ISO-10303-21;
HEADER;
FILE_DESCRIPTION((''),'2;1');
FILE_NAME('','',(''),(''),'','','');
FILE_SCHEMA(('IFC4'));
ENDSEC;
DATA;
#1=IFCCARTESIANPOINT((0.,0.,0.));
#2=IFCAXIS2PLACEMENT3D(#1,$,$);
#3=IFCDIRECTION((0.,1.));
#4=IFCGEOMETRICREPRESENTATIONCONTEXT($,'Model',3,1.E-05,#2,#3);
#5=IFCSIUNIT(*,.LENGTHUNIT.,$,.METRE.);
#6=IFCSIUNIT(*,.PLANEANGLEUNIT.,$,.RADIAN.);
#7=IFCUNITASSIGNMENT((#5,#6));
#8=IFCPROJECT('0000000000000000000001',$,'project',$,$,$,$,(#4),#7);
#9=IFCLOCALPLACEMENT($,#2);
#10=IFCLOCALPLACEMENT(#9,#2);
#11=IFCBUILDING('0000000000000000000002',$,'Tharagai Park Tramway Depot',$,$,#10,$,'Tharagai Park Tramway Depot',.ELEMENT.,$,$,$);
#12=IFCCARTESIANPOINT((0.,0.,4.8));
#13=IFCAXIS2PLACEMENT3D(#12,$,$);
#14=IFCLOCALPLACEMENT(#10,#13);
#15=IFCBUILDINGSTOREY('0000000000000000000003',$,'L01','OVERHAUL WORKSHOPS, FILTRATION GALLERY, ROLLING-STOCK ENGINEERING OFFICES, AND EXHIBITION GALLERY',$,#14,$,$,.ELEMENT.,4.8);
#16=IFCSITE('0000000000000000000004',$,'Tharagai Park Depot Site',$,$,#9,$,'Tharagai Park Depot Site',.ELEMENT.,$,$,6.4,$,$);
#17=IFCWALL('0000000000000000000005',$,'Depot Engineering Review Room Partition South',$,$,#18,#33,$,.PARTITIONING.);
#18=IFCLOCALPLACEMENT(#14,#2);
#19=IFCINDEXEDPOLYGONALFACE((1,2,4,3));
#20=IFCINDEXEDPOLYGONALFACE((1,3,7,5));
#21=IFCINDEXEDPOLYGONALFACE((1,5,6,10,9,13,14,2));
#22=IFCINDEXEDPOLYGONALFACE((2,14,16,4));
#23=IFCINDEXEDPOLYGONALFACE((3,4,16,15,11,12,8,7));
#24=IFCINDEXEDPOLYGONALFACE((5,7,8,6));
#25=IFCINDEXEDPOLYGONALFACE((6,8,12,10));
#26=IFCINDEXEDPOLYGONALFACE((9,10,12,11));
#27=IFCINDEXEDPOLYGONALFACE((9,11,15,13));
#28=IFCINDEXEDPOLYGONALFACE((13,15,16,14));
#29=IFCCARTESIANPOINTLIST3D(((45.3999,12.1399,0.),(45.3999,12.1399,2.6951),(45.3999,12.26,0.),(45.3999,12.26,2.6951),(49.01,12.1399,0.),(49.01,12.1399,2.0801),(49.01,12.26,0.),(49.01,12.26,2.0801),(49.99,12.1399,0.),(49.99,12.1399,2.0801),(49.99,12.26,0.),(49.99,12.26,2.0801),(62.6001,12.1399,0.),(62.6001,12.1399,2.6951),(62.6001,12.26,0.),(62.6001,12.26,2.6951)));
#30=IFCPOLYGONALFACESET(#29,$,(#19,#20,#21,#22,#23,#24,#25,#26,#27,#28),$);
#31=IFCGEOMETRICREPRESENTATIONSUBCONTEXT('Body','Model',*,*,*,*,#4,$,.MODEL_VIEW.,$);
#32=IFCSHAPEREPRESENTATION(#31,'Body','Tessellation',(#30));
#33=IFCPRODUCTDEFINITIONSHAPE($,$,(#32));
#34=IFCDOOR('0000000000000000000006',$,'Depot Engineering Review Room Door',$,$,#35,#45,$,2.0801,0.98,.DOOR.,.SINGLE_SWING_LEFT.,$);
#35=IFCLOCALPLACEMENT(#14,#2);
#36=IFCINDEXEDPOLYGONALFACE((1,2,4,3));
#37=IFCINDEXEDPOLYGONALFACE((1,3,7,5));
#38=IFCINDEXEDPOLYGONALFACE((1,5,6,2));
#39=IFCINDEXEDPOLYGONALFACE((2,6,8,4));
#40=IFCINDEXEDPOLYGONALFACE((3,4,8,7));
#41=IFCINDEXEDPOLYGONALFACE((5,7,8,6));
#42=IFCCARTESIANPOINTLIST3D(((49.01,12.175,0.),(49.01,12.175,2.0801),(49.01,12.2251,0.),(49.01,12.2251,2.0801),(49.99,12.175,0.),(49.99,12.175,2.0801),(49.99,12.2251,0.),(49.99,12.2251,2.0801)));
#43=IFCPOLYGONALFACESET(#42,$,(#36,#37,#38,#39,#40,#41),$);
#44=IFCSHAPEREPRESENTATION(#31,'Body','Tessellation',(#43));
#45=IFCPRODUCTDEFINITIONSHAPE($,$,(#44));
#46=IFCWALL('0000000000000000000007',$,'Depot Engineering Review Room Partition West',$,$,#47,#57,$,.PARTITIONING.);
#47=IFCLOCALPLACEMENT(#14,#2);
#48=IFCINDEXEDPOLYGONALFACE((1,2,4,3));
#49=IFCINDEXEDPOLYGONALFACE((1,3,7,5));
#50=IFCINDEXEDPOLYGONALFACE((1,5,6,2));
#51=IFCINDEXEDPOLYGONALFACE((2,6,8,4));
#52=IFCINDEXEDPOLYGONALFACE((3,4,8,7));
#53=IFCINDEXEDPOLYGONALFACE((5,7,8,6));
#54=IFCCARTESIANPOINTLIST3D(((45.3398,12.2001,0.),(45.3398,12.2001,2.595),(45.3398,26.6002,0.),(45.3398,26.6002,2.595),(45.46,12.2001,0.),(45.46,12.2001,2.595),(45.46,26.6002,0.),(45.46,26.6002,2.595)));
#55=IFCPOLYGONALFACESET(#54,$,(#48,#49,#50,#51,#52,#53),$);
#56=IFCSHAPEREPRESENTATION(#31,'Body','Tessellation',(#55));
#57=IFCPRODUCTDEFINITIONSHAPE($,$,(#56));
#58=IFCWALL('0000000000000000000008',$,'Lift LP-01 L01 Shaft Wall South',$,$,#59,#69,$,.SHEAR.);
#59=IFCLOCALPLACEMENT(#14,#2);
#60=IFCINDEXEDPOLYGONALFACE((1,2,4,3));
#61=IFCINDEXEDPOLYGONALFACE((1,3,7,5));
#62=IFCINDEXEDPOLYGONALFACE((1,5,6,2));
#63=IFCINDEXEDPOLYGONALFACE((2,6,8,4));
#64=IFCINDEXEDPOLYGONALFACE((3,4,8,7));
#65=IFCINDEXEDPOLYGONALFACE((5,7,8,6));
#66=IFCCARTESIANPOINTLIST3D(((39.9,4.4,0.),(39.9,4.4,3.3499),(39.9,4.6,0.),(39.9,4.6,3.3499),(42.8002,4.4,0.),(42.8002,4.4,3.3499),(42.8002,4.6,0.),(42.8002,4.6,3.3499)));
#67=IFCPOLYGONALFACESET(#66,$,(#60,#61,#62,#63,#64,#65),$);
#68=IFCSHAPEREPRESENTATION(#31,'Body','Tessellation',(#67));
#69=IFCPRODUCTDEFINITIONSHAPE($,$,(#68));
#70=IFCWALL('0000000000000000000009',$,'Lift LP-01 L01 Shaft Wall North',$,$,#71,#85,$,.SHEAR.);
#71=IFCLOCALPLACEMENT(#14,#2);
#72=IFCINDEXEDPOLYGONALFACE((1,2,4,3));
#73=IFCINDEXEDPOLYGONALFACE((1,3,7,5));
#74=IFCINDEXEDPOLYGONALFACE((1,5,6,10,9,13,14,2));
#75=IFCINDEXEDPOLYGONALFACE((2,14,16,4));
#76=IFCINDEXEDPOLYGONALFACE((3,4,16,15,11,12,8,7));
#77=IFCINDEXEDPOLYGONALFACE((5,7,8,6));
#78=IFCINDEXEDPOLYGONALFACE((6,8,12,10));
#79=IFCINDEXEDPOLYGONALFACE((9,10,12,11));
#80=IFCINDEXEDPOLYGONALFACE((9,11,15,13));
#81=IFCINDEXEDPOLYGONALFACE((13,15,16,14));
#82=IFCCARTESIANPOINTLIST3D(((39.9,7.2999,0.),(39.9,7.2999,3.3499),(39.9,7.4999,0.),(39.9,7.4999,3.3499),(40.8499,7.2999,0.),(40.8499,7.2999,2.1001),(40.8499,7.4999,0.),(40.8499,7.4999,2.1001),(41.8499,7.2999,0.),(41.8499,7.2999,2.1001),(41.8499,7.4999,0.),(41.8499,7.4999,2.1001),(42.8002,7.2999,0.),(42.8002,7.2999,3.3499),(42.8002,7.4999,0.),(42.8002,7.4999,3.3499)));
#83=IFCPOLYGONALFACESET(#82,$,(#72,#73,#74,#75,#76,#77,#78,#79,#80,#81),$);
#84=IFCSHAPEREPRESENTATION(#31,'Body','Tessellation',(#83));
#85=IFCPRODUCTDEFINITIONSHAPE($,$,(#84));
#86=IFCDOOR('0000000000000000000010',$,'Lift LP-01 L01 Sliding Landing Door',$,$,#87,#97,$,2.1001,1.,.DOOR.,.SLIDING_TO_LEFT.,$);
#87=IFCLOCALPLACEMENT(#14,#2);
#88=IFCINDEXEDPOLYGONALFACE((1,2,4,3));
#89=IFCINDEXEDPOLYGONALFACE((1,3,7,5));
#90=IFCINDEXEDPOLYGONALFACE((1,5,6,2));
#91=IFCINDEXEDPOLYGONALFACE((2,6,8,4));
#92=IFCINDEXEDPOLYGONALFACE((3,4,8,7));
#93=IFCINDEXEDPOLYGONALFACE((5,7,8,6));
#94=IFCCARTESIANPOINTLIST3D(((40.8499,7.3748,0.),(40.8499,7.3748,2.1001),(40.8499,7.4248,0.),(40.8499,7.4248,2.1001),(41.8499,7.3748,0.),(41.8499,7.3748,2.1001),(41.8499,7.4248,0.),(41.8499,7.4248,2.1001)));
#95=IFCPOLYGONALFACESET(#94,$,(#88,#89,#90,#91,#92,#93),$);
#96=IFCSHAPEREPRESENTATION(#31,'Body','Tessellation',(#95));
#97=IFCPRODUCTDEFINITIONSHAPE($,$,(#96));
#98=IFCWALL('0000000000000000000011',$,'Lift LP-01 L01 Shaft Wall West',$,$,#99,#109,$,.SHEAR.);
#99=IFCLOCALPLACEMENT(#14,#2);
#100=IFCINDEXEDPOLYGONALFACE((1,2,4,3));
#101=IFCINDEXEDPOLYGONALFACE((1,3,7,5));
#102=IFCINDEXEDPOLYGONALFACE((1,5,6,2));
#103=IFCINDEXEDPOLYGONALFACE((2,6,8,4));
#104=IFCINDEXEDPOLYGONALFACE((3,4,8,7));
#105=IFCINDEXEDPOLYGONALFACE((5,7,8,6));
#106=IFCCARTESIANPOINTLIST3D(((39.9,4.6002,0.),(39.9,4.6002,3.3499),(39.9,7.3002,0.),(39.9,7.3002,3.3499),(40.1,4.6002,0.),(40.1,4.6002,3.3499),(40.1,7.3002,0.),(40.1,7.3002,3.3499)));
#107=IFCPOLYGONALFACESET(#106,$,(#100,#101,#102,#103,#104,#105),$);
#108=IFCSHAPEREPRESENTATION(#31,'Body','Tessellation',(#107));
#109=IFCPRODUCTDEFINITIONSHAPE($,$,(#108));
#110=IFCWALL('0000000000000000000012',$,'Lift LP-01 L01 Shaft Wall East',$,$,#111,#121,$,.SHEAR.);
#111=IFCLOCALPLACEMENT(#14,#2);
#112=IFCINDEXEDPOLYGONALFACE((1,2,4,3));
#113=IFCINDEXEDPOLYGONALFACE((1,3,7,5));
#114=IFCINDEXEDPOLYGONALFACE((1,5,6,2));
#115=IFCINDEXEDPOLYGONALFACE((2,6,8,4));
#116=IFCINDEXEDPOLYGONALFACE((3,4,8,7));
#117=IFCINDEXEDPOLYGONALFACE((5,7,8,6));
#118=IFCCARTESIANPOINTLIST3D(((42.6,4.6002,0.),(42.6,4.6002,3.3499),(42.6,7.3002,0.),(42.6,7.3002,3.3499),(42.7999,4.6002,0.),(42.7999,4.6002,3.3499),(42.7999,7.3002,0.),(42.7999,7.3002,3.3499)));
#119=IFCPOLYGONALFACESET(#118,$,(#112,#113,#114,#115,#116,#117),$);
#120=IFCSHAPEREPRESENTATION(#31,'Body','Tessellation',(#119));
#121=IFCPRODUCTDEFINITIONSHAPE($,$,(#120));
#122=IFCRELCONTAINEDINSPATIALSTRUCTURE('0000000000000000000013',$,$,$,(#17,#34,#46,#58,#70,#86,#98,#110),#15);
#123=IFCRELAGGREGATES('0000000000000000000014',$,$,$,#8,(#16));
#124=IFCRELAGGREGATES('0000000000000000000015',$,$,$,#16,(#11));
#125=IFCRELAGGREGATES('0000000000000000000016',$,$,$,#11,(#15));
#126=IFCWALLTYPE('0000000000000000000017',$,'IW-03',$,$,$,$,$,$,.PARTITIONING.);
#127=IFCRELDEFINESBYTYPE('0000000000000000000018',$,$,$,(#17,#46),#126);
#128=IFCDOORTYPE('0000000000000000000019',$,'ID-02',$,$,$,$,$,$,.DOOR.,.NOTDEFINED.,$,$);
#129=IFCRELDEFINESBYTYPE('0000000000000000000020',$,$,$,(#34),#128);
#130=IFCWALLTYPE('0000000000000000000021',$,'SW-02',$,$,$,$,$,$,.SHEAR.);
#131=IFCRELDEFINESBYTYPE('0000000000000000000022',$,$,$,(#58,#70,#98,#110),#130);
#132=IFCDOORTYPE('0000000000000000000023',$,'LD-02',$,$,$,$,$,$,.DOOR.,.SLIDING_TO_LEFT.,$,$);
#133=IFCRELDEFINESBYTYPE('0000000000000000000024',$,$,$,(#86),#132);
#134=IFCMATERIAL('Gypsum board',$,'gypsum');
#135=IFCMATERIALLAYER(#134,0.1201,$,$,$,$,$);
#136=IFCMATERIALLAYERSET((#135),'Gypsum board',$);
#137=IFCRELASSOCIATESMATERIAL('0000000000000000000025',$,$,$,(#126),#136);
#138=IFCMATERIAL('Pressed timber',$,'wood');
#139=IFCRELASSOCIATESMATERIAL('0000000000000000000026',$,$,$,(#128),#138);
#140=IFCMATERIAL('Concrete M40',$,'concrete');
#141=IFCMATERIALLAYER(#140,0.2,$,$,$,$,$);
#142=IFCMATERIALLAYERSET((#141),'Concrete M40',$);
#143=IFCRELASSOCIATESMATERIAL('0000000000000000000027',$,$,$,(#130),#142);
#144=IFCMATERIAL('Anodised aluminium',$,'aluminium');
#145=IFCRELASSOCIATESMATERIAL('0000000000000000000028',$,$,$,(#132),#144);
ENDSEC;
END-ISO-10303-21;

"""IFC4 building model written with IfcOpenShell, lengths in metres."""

from ifc_helpers import new_model, si_unit, direction, frame, frame_2d, origin, place, context, subcontext, project, spatial, rectangle, extrude, material, layer, layer_set, type_object, element, fill, save


model = new_model("IFC4")

# Units and contexts
model_context = context("Model", 3, precision=1e-05, world=origin(), true_north=direction((0.0, 1.0)))
body_context = subcontext(model_context, "Body", "Model", "MODEL_VIEW")
ifc_project = project(units=[si_unit("LENGTHUNIT", "METRE"), si_unit("PLANEANGLEUNIT", "RADIAN")], contexts=[model_context])

# Site, building, storey
site_placement = place(None, origin())
site = spatial("IfcSite", under=ifc_project, at=site_placement, Name="Tharagai Park Depot Site", LongName="Tharagai Park Depot Site", CompositionType="ELEMENT", RefElevation=6.4)
building_placement = place(site_placement, origin())
building = spatial("IfcBuilding", under=site, at=building_placement, Name="Tharagai Park Tramway Depot", LongName="Tharagai Park Tramway Depot", CompositionType="ELEMENT")
storey_placement = place(building_placement, frame((0.0, 0.0, 4.8)))
storey = spatial("IfcBuildingStorey", under=building, at=storey_placement, Name="L01", Description="OVERHAUL WORKSHOPS, FILTRATION GALLERY, ROLLING-STOCK ENGINEERING OFFICES, AND EXHIBITION GALLERY", CompositionType="ELEMENT", Elevation=4.8)

# Shared definitions
ifc_material_1 = material(Name="Concrete M40", Category="concrete")

# Shared definitions
ifc_material_2 = material(Name="Gypsum board", Category="gypsum")
ifc_layer_1 = layer(ifc_material_2, 0.1201)
ifc_layer_set_1 = layer_set([ifc_layer_1], Name="Gypsum board")
wall_type_1 = type_object("IfcWallType", Name="IW-03", PredefinedType="PARTITIONING", material=ifc_layer_set_1)
ifc_material_3 = material(Name="Pressed timber", Category="wood")
door_type_1 = type_object("IfcDoorType", Name="ID-02", OperationType="NOTDEFINED", PredefinedType="DOOR", material=ifc_material_3)

# Wall, opening, door
wall_1_placement = place(storey_placement, frame((45.3999, 12.2, 0.0), z_axis=(0.0, 0.0, 1.0), x_axis=(1.0, 0.0, 0.0)))
wall_1 = element("IfcWall", 1, at=wall_1_placement, inside=storey, type_object=wall_type_1, Name="Depot Engineering Review Room Partition South", PredefinedType="PARTITIONING", context=body_context, shape_type="SweptSolid", body=[
    extrude(rectangle(XDim=17.2002, YDim=0.1201, at=frame_2d((8.6001, 0.0))), origin(), (0.0, 0.0, 1.0), 2.6951),
])
opening_1_placement = place(wall_1_placement, frame((3.6101, 0.0, 0.0)))
opening_1 = element("IfcOpeningElement", 2, at=opening_1_placement, cuts=wall_1, PredefinedType="OPENING", context=body_context, shape_type="SweptSolid", body=[
    extrude(rectangle(XDim=0.98, YDim=2.0801, at=frame_2d((0.49, 1.04))), frame((0.0, 0.0701, 0.0), z_axis=(0.0, -1.0, 0.0), x_axis=(1.0, 0.0, 0.0)), (0.0, 0.0, 1.0), 0.1401),
])
door_1_placement = place(opening_1_placement, frame((0.98, 0.0, 0.0), z_axis=(0.0, 0.0, 1.0), x_axis=(-1.0, 0.0, 0.0)))
door_1 = element("IfcDoor", 3, at=door_1_placement, inside=storey, type_object=door_type_1, Name="Depot Engineering Review Room Door", OperationType="SINGLE_SWING_LEFT", OverallHeight=2.0801, OverallWidth=0.98, PredefinedType="DOOR", context=body_context, shape_type="SweptSolid", body=[
    extrude(rectangle(XDim=0.98, YDim=2.0801, at=frame_2d((0.49, 1.04))), frame((0.0, 0.0249, 0.0), z_axis=(0.0, -1.0, 0.0), x_axis=(1.0, 0.0, 0.0)), (0.0, 0.0, 1.0), 0.05),
])
fill(opening_1, door_1)

# Walls
wall_2_placement = place(storey_placement, frame((45.3999, 12.2, 0.0), z_axis=(0.0, 0.0, 1.0), x_axis=(0.0, 1.0, 0.0)))
element("IfcWall", 4, at=wall_2_placement, inside=storey, type_object=wall_type_1, Name="Depot Engineering Review Room Partition West", PredefinedType="PARTITIONING", context=body_context, shape_type="SweptSolid", body=[
    extrude(rectangle(XDim=14.4001, YDim=0.1201, at=frame_2d((7.2002, 0.0))), origin(), (0.0, 0.0, 1.0), 2.595),
])
ifc_layer_2 = layer(ifc_material_1, 0.2)
ifc_layer_set_2 = layer_set([ifc_layer_2], Name="Concrete M40")
wall_type_2 = type_object("IfcWallType", Name="SW-02", PredefinedType="SHEAR", material=ifc_layer_set_2)
wall_3_placement = place(storey_placement, frame((39.8999, 4.5, 0.0), z_axis=(0.0, 0.0, 1.0), x_axis=(1.0, 0.0, 0.0)))
element("IfcWall", 5, at=wall_3_placement, inside=storey, type_object=wall_type_2, Name="Lift LP-01 L01 Shaft Wall South", PredefinedType="SHEAR", context=body_context, shape_type="SweptSolid", body=[
    extrude(rectangle(XDim=2.9001, YDim=0.2, at=frame_2d((1.4502, 0.0))), origin(), (0.0, 0.0, 1.0), 3.3499),
])

# Wall, opening, door
wall_4_placement = place(storey_placement, frame((39.8999, 7.3999, 0.0), z_axis=(0.0, 0.0, 1.0), x_axis=(1.0, 0.0, 0.0)))
wall_4 = element("IfcWall", 6, at=wall_4_placement, inside=storey, type_object=wall_type_2, Name="Lift LP-01 L01 Shaft Wall North", PredefinedType="SHEAR", context=body_context, shape_type="SweptSolid", body=[
    extrude(rectangle(XDim=2.9001, YDim=0.2, at=frame_2d((1.4502, 0.0))), origin(), (0.0, 0.0, 1.0), 3.3499),
])
opening_2_placement = place(wall_4_placement, frame((0.95, 0.0, 0.0)))
opening_2 = element("IfcOpeningElement", 7, at=opening_2_placement, cuts=wall_4, PredefinedType="OPENING", context=body_context, shape_type="SweptSolid", body=[
    extrude(rectangle(XDim=1.0, YDim=2.1001, at=frame_2d((0.5, 1.05))), frame((0.0, 0.1099, 0.0), z_axis=(0.0, -1.0, 0.0), x_axis=(1.0, 0.0, 0.0)), (0.0, 0.0, 1.0), 0.22),
])
ifc_material_4 = material(Name="Anodised aluminium", Category="aluminium")
door_type_2 = type_object("IfcDoorType", Name="LD-02", OperationType="SLIDING_TO_LEFT", PredefinedType="DOOR", material=ifc_material_4)
door_2_placement = place(opening_2_placement, origin())
door_2 = element("IfcDoor", 8, at=door_2_placement, inside=storey, type_object=door_type_2, Name="Lift LP-01 L01 Sliding Landing Door", OperationType="SLIDING_TO_LEFT", OverallHeight=2.1001, OverallWidth=1.0, PredefinedType="DOOR", context=body_context, shape_type="SweptSolid", body=[
    extrude(rectangle(XDim=1.0, YDim=2.1001, at=frame_2d((0.5, 1.05))), frame((0.0, 0.0249, 0.0), z_axis=(0.0, -1.0, 0.0), x_axis=(1.0, 0.0, 0.0)), (0.0, 0.0, 1.0), 0.05),
])
fill(opening_2, door_2)

# Walls
for number, where, z_axis, x_axis, name in (
    (9, (40.0, 4.6001, 0.0), (0.0, 0.0, 1.0), (0.0, 1.0, 0.0), "Lift LP-01 L01 Shaft Wall West"),
    (10, (42.7, 4.6001, 0.0), (0.0, 0.0, 1.0), (0.0, 1.0, 0.0), "Lift LP-01 L01 Shaft Wall East"),
):
    element("IfcWall", number, at=place(storey_placement, frame(where, z_axis=z_axis, x_axis=x_axis)), inside=storey, type_object=wall_type_2, Name=name, PredefinedType="SHEAR", context=body_context, shape_type="SweptSolid", body=[
        extrude(rectangle(XDim=2.7, YDim=0.2, at=frame_2d((1.3501, 0.0))), origin(), (0.0, 0.0, 1.0), 3.3499),
    ])

save(model, "model.ifc")
